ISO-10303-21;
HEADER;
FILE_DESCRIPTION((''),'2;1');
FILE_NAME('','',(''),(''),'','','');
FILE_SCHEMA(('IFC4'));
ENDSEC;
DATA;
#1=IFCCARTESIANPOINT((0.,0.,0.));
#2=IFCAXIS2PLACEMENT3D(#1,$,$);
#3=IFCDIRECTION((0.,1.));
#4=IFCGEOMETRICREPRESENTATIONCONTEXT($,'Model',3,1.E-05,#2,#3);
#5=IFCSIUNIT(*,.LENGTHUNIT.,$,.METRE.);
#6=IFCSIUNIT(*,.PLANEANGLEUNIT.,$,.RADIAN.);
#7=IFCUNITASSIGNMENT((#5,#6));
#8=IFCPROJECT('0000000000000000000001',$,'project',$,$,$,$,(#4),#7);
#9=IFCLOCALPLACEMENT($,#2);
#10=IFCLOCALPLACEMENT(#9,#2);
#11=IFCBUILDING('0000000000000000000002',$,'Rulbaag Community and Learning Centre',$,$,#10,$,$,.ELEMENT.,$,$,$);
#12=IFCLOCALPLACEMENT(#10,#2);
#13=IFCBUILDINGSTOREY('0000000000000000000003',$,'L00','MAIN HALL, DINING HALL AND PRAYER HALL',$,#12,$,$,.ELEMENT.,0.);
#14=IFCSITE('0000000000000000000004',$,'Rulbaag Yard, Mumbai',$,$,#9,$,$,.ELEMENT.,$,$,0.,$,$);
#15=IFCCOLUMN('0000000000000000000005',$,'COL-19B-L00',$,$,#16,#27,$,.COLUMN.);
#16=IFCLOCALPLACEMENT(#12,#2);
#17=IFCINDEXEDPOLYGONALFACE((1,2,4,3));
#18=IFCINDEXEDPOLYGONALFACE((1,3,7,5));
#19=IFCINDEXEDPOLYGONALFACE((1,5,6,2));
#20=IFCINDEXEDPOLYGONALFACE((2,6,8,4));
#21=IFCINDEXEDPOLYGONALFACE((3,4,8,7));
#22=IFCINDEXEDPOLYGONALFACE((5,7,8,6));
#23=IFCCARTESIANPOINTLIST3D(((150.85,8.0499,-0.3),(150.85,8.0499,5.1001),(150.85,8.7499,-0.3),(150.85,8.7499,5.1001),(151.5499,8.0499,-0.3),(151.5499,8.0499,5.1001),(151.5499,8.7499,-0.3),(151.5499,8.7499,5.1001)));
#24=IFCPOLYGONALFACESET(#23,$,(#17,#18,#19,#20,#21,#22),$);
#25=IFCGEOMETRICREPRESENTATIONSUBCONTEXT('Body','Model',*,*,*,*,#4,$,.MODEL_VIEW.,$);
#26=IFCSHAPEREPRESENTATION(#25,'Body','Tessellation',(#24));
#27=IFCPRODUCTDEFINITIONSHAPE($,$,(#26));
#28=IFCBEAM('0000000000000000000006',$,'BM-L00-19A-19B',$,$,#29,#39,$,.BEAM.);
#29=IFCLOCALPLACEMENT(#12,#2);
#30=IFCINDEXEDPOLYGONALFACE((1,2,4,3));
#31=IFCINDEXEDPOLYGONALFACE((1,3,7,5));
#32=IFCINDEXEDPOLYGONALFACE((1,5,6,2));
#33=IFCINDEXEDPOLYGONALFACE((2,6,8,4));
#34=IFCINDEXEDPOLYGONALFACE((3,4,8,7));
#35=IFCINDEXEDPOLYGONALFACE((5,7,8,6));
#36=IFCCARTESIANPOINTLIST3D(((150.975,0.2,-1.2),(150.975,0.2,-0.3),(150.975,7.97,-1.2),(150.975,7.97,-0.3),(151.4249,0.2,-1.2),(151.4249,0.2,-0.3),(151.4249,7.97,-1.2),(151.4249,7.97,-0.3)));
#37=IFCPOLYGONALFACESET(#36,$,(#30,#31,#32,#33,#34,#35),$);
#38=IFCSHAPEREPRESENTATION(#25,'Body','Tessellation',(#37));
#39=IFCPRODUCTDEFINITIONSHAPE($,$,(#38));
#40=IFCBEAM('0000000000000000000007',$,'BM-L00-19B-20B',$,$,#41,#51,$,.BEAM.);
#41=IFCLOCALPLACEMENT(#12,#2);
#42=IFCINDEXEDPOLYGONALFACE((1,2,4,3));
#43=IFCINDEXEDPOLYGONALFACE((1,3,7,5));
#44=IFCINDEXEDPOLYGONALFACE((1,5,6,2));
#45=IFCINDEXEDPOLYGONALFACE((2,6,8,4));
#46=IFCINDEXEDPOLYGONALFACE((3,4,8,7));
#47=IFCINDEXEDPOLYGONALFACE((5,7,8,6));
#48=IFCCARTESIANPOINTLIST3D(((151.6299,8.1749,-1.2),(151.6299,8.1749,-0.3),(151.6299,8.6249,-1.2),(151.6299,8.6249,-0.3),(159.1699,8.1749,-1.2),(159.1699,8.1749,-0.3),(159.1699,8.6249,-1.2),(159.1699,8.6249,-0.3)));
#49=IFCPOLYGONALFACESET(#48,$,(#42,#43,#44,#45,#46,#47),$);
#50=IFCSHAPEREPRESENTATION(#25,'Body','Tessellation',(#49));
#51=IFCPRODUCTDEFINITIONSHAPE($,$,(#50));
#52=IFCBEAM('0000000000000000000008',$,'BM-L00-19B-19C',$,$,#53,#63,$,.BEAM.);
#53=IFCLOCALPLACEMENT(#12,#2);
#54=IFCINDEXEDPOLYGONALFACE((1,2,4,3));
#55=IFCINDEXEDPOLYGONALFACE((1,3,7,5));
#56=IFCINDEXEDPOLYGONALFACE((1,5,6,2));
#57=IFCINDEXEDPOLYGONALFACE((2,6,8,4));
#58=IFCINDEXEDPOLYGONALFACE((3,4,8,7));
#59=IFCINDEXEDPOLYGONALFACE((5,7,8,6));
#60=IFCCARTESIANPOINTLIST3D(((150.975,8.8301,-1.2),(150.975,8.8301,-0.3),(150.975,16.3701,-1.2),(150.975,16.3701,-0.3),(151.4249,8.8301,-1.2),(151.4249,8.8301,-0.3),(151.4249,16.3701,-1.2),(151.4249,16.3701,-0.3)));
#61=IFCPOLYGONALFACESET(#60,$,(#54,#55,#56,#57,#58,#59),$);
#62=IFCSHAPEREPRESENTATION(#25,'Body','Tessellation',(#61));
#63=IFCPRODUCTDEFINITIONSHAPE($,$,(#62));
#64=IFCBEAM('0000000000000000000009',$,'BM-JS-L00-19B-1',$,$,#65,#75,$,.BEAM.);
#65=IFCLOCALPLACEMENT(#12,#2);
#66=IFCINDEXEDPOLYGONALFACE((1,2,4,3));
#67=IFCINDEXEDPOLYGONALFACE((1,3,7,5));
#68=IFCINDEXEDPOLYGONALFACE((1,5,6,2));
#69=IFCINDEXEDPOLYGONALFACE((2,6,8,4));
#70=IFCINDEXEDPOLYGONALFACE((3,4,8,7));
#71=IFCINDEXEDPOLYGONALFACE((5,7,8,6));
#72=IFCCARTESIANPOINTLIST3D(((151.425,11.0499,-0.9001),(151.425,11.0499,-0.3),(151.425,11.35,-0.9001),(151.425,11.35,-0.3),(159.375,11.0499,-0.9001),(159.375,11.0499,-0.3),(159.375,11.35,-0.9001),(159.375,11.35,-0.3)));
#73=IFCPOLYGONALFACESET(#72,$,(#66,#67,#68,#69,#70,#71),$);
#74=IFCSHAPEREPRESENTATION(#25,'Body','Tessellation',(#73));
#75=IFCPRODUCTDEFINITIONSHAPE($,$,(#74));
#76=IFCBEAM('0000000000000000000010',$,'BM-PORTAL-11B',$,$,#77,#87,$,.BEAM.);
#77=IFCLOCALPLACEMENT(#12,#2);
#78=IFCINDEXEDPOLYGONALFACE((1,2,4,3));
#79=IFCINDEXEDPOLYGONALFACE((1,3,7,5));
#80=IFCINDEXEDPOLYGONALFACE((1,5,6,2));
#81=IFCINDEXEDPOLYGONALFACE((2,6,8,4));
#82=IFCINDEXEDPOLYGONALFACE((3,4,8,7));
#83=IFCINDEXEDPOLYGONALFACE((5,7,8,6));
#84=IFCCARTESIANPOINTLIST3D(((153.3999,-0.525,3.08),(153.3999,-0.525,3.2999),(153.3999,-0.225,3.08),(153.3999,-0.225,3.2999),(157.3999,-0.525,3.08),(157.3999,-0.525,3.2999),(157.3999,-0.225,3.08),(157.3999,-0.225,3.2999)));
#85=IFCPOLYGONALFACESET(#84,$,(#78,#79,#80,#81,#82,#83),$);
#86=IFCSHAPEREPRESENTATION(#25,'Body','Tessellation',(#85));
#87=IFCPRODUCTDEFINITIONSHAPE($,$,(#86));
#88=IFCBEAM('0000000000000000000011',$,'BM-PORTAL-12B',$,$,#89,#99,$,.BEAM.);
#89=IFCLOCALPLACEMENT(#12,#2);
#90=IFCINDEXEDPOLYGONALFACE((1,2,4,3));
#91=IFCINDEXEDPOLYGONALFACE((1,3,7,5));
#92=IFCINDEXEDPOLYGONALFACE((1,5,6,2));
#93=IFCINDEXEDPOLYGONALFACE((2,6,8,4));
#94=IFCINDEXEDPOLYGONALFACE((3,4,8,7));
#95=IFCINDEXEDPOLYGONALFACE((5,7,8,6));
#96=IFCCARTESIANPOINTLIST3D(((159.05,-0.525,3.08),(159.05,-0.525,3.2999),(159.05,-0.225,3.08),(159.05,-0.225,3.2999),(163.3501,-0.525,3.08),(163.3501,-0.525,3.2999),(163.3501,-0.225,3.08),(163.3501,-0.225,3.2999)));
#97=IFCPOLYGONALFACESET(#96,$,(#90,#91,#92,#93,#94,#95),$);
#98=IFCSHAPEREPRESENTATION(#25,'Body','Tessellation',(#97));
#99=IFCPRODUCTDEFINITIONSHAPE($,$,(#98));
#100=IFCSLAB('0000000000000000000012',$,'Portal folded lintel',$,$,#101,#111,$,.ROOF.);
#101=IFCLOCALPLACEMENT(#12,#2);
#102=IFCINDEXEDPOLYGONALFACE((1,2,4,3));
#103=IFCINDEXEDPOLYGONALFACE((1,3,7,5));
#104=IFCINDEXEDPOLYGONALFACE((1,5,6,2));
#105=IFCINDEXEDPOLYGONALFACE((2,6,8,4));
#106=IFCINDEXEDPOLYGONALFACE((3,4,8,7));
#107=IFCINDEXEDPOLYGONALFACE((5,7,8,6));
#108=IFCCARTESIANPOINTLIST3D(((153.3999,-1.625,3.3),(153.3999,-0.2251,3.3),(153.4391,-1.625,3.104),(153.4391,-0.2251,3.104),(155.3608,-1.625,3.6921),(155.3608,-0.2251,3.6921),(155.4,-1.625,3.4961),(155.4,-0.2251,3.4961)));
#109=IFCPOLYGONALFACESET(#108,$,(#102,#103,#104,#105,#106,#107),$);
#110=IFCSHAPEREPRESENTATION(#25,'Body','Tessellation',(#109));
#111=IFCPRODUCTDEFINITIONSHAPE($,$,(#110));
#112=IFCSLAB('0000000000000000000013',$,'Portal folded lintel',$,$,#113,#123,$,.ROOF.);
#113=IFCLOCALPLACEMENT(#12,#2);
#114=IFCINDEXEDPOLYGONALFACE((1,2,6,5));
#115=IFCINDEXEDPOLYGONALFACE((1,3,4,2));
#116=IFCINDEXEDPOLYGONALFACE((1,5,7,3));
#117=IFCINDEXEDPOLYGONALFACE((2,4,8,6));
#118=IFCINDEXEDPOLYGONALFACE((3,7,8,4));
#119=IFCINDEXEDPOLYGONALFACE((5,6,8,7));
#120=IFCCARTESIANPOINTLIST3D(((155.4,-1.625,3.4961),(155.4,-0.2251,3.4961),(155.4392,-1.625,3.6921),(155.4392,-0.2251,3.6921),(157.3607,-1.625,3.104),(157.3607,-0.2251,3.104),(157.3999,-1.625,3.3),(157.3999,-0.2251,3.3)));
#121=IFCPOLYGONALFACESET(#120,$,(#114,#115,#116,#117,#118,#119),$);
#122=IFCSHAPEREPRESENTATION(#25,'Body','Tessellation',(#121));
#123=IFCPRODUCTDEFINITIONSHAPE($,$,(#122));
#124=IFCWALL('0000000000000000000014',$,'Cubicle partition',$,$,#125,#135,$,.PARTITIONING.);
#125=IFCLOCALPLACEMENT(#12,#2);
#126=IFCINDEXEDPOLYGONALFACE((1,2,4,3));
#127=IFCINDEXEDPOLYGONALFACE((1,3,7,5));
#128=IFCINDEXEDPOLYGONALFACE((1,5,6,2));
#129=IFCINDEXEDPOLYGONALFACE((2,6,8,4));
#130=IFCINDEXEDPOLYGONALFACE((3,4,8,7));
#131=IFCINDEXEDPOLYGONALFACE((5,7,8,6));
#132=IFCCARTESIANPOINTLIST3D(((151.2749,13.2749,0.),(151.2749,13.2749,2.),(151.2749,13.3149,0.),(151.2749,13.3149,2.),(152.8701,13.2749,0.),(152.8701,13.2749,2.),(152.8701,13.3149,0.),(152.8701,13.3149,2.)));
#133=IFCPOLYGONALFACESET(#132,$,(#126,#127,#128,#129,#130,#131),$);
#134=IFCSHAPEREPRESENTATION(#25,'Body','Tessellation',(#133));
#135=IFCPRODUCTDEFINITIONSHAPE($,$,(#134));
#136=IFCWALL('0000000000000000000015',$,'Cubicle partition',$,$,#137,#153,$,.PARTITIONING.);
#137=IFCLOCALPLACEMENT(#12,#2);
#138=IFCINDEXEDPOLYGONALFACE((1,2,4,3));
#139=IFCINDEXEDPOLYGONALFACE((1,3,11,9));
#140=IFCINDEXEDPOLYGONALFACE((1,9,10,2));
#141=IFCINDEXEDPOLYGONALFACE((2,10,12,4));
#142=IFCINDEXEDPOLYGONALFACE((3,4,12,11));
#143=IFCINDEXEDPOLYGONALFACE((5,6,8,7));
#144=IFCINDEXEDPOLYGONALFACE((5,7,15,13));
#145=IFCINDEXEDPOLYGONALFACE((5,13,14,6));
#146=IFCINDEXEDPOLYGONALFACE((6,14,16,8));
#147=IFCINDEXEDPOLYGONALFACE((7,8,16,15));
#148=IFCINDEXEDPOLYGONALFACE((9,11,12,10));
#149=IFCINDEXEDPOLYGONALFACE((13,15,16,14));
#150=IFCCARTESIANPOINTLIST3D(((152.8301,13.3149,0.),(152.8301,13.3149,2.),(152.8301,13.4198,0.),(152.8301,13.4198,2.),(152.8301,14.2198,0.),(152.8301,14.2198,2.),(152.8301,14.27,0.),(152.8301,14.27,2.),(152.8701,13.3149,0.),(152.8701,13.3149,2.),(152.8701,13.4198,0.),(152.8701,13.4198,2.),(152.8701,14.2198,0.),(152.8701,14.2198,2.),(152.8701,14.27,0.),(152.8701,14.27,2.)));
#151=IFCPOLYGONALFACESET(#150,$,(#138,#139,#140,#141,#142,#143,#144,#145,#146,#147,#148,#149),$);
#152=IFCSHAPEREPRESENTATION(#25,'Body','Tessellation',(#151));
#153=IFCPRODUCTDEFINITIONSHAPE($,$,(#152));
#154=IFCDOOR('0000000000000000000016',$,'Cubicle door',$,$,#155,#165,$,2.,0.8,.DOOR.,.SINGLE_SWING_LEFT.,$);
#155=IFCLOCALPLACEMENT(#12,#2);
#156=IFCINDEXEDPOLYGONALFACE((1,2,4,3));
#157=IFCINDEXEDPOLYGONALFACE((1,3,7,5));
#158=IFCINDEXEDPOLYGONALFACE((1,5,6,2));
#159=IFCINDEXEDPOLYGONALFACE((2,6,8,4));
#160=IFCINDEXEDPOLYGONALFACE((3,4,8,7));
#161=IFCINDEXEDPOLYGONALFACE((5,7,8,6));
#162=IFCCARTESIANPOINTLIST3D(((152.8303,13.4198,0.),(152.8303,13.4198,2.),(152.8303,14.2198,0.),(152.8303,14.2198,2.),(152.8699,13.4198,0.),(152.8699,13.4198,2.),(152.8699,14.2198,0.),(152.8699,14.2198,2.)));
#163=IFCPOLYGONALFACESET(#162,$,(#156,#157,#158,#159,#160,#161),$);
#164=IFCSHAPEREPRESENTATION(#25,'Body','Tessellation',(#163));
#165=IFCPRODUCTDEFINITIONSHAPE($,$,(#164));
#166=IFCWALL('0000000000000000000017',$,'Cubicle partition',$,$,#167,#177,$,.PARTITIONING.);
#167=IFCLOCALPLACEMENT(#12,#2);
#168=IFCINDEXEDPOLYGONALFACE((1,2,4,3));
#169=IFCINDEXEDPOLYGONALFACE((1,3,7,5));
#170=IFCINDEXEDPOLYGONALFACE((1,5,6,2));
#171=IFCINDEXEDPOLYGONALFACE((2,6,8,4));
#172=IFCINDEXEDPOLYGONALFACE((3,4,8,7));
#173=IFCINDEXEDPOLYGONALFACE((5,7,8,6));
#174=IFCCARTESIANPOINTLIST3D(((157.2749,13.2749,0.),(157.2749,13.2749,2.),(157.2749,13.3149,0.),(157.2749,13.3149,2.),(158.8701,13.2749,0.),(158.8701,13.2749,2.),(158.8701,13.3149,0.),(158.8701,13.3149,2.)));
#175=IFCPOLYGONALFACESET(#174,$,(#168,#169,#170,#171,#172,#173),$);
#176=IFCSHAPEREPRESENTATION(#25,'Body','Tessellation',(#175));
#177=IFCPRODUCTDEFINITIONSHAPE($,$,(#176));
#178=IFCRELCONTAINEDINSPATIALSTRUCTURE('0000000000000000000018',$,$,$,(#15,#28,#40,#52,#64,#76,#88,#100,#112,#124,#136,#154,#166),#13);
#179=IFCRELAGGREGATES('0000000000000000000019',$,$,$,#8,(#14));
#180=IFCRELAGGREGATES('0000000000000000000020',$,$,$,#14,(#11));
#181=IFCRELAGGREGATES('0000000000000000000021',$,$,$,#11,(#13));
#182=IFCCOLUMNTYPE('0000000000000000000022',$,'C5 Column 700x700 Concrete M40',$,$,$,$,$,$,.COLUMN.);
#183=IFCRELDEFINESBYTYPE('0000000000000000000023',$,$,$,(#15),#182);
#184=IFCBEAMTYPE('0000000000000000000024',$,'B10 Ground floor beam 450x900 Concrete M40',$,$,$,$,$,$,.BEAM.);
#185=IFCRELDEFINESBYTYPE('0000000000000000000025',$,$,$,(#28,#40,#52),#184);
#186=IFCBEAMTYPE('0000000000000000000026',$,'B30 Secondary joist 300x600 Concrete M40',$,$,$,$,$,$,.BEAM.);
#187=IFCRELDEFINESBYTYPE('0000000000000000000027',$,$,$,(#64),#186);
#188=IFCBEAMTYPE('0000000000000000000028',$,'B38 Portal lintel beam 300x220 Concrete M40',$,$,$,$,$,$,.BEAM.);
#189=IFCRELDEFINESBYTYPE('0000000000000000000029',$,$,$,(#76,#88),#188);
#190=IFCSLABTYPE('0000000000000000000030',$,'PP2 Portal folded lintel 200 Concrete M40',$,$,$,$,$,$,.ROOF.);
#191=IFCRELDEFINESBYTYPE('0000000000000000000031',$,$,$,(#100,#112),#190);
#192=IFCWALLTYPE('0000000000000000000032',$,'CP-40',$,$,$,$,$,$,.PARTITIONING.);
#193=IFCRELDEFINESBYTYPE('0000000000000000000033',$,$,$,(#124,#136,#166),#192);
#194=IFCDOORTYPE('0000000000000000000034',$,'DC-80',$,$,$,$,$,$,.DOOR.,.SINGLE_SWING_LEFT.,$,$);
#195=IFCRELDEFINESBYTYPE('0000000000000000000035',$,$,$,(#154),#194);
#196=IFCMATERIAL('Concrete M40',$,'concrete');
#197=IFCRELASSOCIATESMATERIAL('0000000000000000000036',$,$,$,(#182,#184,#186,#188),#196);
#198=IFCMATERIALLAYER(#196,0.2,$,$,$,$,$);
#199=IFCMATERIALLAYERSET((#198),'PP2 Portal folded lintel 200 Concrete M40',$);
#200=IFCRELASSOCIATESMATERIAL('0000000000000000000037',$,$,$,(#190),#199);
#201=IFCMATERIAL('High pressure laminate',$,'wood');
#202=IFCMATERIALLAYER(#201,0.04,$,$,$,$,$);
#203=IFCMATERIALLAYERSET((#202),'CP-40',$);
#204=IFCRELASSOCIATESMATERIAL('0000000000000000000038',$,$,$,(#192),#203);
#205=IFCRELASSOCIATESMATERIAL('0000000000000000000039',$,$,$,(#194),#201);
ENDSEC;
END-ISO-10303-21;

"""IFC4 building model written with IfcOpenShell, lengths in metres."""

from ifc_helpers import new_model, si_unit, direction, frame, frame_2d, origin, origin_2d, place, context, subcontext, project, spatial, polyline, rectangle, outline, extrude, material, layer, layer_set, material_profile, profile_set, type_object, element, fill, save


model = new_model("IFC4")

# Units and contexts
model_context = context("Model", 3, precision=1e-05, world=origin(), true_north=direction((0.0, 1.0)))
body_context = subcontext(model_context, "Body", "Model", "MODEL_VIEW")
ifc_project = project(units=[si_unit("LENGTHUNIT", "METRE"), si_unit("PLANEANGLEUNIT", "RADIAN")], contexts=[model_context])

# Site, building, storey
site_placement = place(None, origin())
site = spatial("IfcSite", under=ifc_project, at=site_placement, Name="Rulbaag Yard, Mumbai", CompositionType="ELEMENT", RefElevation=0.0)
building_placement = place(site_placement, origin())
building = spatial("IfcBuilding", under=site, at=building_placement, Name="Rulbaag Community and Learning Centre", CompositionType="ELEMENT")
storey_placement = place(building_placement, origin())
storey = spatial("IfcBuildingStorey", under=building, at=storey_placement, Name="L00", Description="MAIN HALL, DINING HALL AND PRAYER HALL", CompositionType="ELEMENT", Elevation=0.0)

# Column
ifc_material_1 = material(Name="Concrete M40", Category="concrete")
ifc_material_profile_1 = material_profile(ifc_material_1, rectangle(XDim=0.7, YDim=0.7, at=origin_2d()), Name="RC700x700")
ifc_profile_set_1 = profile_set([ifc_material_profile_1], Name="Concrete M40")
column_type = type_object("IfcColumnType", Name="C5 Column 700x700 Concrete M40", PredefinedType="COLUMN", material=ifc_profile_set_1)
column_placement = place(storey_placement, frame((151.2, 8.3999, -0.3), z_axis=(0.0, 0.0, 1.0), x_axis=(1.0, 0.0, 0.0)))
element("IfcColumn", 1, at=column_placement, inside=storey, type_object=column_type, Name="COL-19B-L00", PredefinedType="COLUMN", context=body_context, shape_type="SweptSolid", body=[
    extrude(rectangle(XDim=0.7, YDim=0.7, at=origin_2d()), origin(), (0.0, 0.0, 1.0), 5.4001),
])

# Beams
ifc_material_profile_2 = material_profile(ifc_material_1, rectangle(XDim=0.45, YDim=0.8999, at=origin_2d()), Name="RB450x900")
ifc_profile_set_2 = profile_set([ifc_material_profile_2], Name="Concrete M40")
beam_type_1 = type_object("IfcBeamType", Name="B10 Ground floor beam 450x900 Concrete M40", PredefinedType="BEAM", material=ifc_profile_set_2)
beam_1_placement = place(storey_placement, frame((151.2, 0.2, -0.75), z_axis=(0.0, 1.0, 0.0), x_axis=(-1.0, 0.0, 0.0)))
element("IfcBeam", 2, at=beam_1_placement, inside=storey, type_object=beam_type_1, Name="BM-L00-19A-19B", PredefinedType="BEAM", context=body_context, shape_type="SweptSolid", body=[
    extrude(rectangle(XDim=0.45, YDim=0.8999, at=origin_2d()), origin(), (0.0, 0.0, 1.0), 7.77),
])
for number, where, z_axis, x_axis, name in (
    (3, (151.6299, 8.3999, -0.75), (1.0, 0.0, 0.0), (0.0, 1.0, 0.0), "BM-L00-19B-20B"),
    (4, (151.2, 8.8301, -0.75), (0.0, 1.0, 0.0), (-1.0, 0.0, 0.0), "BM-L00-19B-19C"),
):
    element("IfcBeam", number, at=place(storey_placement, frame(where, z_axis=z_axis, x_axis=x_axis)), inside=storey, type_object=beam_type_1, Name=name, PredefinedType="BEAM", context=body_context, shape_type="SweptSolid", body=[
        extrude(rectangle(XDim=0.45, YDim=0.8999, at=origin_2d()), origin(), (0.0, 0.0, 1.0), 7.54),
    ])
ifc_material_profile_3 = material_profile(ifc_material_1, rectangle(XDim=0.3, YDim=0.6001, at=origin_2d()), Name="RB300x600")
ifc_profile_set_3 = profile_set([ifc_material_profile_3], Name="Concrete M40")
beam_type_2 = type_object("IfcBeamType", Name="B30 Secondary joist 300x600 Concrete M40", PredefinedType="BEAM", material=ifc_profile_set_3)
beam_2_placement = place(storey_placement, frame((151.425, 11.2, -0.6001), z_axis=(1.0, 0.0, 0.0), x_axis=(0.0, 1.0, 0.0)))
element("IfcBeam", 5, at=beam_2_placement, inside=storey, type_object=beam_type_2, Name="BM-JS-L00-19B-1", PredefinedType="BEAM", context=body_context, shape_type="SweptSolid", body=[
    extrude(rectangle(XDim=0.3, YDim=0.6001, at=origin_2d()), origin(), (0.0, 0.0, 1.0), 7.95),
])
ifc_material_profile_4 = material_profile(ifc_material_1, rectangle(XDim=0.3, YDim=0.22, at=origin_2d()), Name="RB300x220")
ifc_profile_set_4 = profile_set([ifc_material_profile_4], Name="Concrete M40")
beam_type_3 = type_object("IfcBeamType", Name="B38 Portal lintel beam 300x220 Concrete M40", PredefinedType="BEAM", material=ifc_profile_set_4)
beam_3_placement = place(storey_placement, frame((153.3999, -0.375, 3.1899), z_axis=(1.0, 0.0, 0.0), x_axis=(0.0, 1.0, 0.0)))
element("IfcBeam", 6, at=beam_3_placement, inside=storey, type_object=beam_type_3, Name="BM-PORTAL-11B", PredefinedType="BEAM", context=body_context, shape_type="SweptSolid", body=[
    extrude(rectangle(XDim=0.3, YDim=0.22, at=origin_2d()), origin(), (0.0, 0.0, 1.0), 4.0),
])
beam_4_placement = place(storey_placement, frame((159.05, -0.375, 3.1899), z_axis=(1.0, 0.0, 0.0), x_axis=(0.0, 1.0, 0.0)))
element("IfcBeam", 7, at=beam_4_placement, inside=storey, type_object=beam_type_3, Name="BM-PORTAL-12B", PredefinedType="BEAM", context=body_context, shape_type="SweptSolid", body=[
    extrude(rectangle(XDim=0.3, YDim=0.22, at=origin_2d()), origin(), (0.0, 0.0, 1.0), 4.3),
])

# Slabs
ifc_layer_1 = layer(ifc_material_1, 0.2)
ifc_layer_set_1 = layer_set([ifc_layer_1], Name="PP2 Portal folded lintel 200 Concrete M40")
slab_type = type_object("IfcSlabType", Name="PP2 Portal folded lintel 200 Concrete M40", PredefinedType="ROOF", material=ifc_layer_set_1)
slab_1_placement = place(storey_placement, frame((153.3999, -0.2251, 3.3), z_axis=(-0.196069, 0.0, 0.98059), x_axis=(0.98059, 0.0, 0.196069)))
element("IfcSlab", 8, at=slab_1_placement, inside=storey, type_object=slab_type, Name="Portal folded lintel", PredefinedType="ROOF", context=body_context, shape_type="SweptSolid", body=[
    extrude(outline(polyline([(0.0, 0.0), (1.9998, 0.0), (1.9998, -1.3999), (0.0, -1.3999), (0.0, 0.0)])), origin(), (0.0, 0.0, -1.0), 0.2),
])
slab_2_placement = place(storey_placement, frame((155.4392, -0.2251, 3.6921), z_axis=(0.196093, 0.0, 0.980585), x_axis=(0.980585, 0.0, -0.196093)))
element("IfcSlab", 9, at=slab_2_placement, inside=storey, type_object=slab_type, Name="Portal folded lintel", PredefinedType="ROOF", context=body_context, shape_type="SweptSolid", body=[
    extrude(outline(polyline([(0.0, 0.0), (1.9995, 0.0), (1.9995, -1.3999), (0.0, -1.3999), (0.0, 0.0)])), origin(), (0.0, 0.0, -1.0), 0.2),
])

# Wall
ifc_material_2 = material(Name="High pressure laminate", Category="wood")
ifc_layer_2 = layer(ifc_material_2, 0.04)
ifc_layer_set_2 = layer_set([ifc_layer_2], Name="CP-40")
wall_type_1 = type_object("IfcWallType", Name="CP-40", PredefinedType="PARTITIONING", material=ifc_layer_set_2)
wall_1_placement = place(storey_placement, frame((151.2749, 13.2949, 0.0), z_axis=(0.0, 0.0, 1.0), x_axis=(1.0, 0.0, 0.0)))
element("IfcWall", 10, at=wall_1_placement, inside=storey, type_object=wall_type_1, Name="Cubicle partition", PredefinedType="PARTITIONING", context=body_context, shape_type="SweptSolid", body=[
    extrude(rectangle(XDim=1.5952, YDim=0.04, at=frame_2d((0.7976, 0.0))), origin(), (0.0, 0.0, 1.0), 2.0),
])

# Wall, opening, door
wall_2_placement = place(storey_placement, frame((152.8501, 13.3149, 0.0), z_axis=(0.0, 0.0, 1.0), x_axis=(0.0, 1.0, 0.0)))
wall_2 = element("IfcWall", 11, at=wall_2_placement, inside=storey, type_object=wall_type_1, Name="Cubicle partition", PredefinedType="PARTITIONING", context=body_context, shape_type="SweptSolid", body=[
    extrude(rectangle(XDim=0.9551, YDim=0.04, at=frame_2d((0.4775, 0.0))), origin(), (0.0, 0.0, 1.0), 2.0),
])
opening_1_placement = place(wall_2_placement, frame((0.105, 0.0, 0.0)))
opening_1 = element("IfcOpeningElement", 12, at=opening_1_placement, cuts=wall_2, PredefinedType="OPENING", context=body_context, shape_type="SweptSolid", body=[
    extrude(rectangle(XDim=0.8, YDim=2.0, at=frame_2d((0.3999, 1.0))), frame((0.0, 0.03, 0.0), z_axis=(0.0, -1.0, 0.0), x_axis=(1.0, 0.0, 0.0)), (0.0, 0.0, 1.0), 0.0601),
])
door_type_1 = type_object("IfcDoorType", Name="DC-80", OperationType="SINGLE_SWING_LEFT", PredefinedType="DOOR", material=ifc_material_2)
door_1_placement = place(opening_1_placement, origin())
door_1 = element("IfcDoor", 13, at=door_1_placement, inside=storey, type_object=door_type_1, Name="Cubicle door", OperationType="SINGLE_SWING_LEFT", OverallHeight=2.0, OverallWidth=0.8, PredefinedType="DOOR", context=body_context, shape_type="SweptSolid", body=[
    extrude(rectangle(XDim=0.8, YDim=2.0, at=frame_2d((0.3999, 1.0))), frame((0.0, 0.0198, 0.0), z_axis=(0.0, -1.0, 0.0), x_axis=(1.0, 0.0, 0.0)), (0.0, 0.0, 1.0), 0.0396),
])
fill(opening_1, door_1)

# Wall
wall_3_placement = place(storey_placement, frame((157.2749, 13.2949, 0.0), z_axis=(0.0, 0.0, 1.0), x_axis=(1.0, 0.0, 0.0)))
element("IfcWall", 14, at=wall_3_placement, inside=storey, type_object=wall_type_1, Name="Cubicle partition", PredefinedType="PARTITIONING", context=body_context, shape_type="SweptSolid", body=[
    extrude(rectangle(XDim=1.5952, YDim=0.04, at=frame_2d((0.7976, 0.0))), origin(), (0.0, 0.0, 1.0), 2.0),
])

save(model, "model.ifc")
